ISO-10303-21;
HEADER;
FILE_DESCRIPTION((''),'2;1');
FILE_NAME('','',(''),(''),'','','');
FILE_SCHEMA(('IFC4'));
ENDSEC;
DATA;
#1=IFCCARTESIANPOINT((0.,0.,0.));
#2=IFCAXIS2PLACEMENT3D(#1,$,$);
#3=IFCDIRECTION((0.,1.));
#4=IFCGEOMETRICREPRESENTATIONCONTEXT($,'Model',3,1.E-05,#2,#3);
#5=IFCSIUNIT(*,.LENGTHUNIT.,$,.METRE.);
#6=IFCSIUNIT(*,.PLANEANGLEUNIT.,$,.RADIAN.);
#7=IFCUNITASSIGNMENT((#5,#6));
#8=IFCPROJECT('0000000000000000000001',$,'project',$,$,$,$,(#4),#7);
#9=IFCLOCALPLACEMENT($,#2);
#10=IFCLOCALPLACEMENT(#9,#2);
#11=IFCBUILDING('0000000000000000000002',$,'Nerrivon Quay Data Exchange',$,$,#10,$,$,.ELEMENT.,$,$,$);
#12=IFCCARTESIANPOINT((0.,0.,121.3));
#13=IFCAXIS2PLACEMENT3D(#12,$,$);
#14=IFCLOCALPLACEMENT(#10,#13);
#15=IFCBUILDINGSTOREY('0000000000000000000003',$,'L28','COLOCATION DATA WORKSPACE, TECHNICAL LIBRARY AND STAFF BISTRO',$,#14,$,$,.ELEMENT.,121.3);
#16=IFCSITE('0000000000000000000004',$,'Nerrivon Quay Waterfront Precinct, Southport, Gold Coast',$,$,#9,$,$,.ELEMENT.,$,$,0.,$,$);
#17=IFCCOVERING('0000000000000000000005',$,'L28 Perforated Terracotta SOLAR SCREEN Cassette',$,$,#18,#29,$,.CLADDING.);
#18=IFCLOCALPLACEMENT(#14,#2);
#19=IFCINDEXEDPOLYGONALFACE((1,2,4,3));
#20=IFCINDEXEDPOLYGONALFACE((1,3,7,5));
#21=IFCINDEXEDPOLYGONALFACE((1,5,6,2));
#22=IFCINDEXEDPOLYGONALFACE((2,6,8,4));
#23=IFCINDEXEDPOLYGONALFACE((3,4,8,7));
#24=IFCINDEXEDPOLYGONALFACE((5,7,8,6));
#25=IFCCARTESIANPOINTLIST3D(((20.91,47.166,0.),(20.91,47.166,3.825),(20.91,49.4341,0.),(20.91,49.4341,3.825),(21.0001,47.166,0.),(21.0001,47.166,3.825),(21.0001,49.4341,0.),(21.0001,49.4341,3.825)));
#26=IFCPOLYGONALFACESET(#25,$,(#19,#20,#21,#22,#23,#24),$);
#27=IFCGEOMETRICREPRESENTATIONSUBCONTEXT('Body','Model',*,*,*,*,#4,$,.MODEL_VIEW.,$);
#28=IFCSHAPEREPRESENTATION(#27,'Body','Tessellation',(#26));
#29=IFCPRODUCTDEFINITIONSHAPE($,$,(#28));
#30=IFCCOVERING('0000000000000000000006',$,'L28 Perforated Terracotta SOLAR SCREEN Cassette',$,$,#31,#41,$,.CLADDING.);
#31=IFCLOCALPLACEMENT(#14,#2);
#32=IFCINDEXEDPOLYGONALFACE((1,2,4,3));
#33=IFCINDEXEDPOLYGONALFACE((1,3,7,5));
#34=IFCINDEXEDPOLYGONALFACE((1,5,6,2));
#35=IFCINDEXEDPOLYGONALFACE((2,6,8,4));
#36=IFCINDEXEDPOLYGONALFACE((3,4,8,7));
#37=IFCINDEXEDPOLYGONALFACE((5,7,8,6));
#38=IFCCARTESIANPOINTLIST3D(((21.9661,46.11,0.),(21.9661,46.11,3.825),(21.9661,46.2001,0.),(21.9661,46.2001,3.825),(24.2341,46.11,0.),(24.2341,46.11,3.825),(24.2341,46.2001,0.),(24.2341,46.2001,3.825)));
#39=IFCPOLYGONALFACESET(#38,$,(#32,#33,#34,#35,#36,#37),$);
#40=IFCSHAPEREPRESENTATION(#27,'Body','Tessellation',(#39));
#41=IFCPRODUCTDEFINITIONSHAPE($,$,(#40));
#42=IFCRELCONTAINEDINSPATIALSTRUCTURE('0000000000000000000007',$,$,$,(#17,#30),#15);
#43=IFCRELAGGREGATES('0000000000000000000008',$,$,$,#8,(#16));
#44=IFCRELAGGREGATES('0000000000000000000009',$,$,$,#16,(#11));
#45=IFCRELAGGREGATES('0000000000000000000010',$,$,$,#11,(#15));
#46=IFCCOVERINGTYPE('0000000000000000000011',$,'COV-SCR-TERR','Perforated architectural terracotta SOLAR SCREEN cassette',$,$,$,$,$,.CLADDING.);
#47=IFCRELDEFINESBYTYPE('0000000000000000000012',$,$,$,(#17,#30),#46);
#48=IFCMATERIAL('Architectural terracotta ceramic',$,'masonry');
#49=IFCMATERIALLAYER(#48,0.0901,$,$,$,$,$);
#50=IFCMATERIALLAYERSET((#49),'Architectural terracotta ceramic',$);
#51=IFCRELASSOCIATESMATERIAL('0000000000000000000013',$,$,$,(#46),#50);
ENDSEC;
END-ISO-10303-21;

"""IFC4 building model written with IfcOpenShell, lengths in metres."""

from ifc_helpers import new_model, si_unit, direction, frame, origin, origin_2d, place, context, subcontext, project, spatial, rectangle, extrude, material, layer, layer_set, type_object, element, save


model = new_model("IFC4")

# Units and contexts
model_context = context("Model", 3, precision=1e-05, world=origin(), true_north=direction((0.0, 1.0)))
body_context = subcontext(model_context, "Body", "Model", "MODEL_VIEW")
ifc_project = project(units=[si_unit("LENGTHUNIT", "METRE"), si_unit("PLANEANGLEUNIT", "RADIAN")], contexts=[model_context])

# Site, building, storey
site_placement = place(None, origin())
site = spatial("IfcSite", under=ifc_project, at=site_placement, Name="Nerrivon Quay Waterfront Precinct, Southport, Gold Coast", CompositionType="ELEMENT", RefElevation=0.0)
building_placement = place(site_placement, origin())
building = spatial("IfcBuilding", under=site, at=building_placement, Name="Nerrivon Quay Data Exchange", CompositionType="ELEMENT")
storey_placement = place(building_placement, frame((0.0, 0.0, 121.3)))
storey = spatial("IfcBuildingStorey", under=building, at=storey_placement, Name="L28", Description="COLOCATION DATA WORKSPACE, TECHNICAL LIBRARY AND STAFF BISTRO", CompositionType="ELEMENT", Elevation=121.3)

# Coverings
ifc_material_1 = material(Name="Architectural terracotta ceramic", Category="masonry")
ifc_layer_1 = layer(ifc_material_1, 0.0901)
ifc_layer_set_1 = layer_set([ifc_layer_1], Name="Architectural terracotta ceramic")
covering_type = type_object("IfcCoveringType", Name="COV-SCR-TERR", Description="Perforated architectural terracotta SOLAR SCREEN cassette", PredefinedType="CLADDING", material=ifc_layer_set_1)
for number, where, z_axis, x_axis, name in (
    (1, (20.9551, 48.3, 0.0), (0.0, 0.0, 1.0), (0.0, -1.0, 0.0), "L28 Perforated Terracotta SOLAR SCREEN Cassette"),
    (2, (23.1001, 46.155, 0.0), (0.0, 0.0, 1.0), (1.0, 0.0, 0.0), "L28 Perforated Terracotta SOLAR SCREEN Cassette"),
):
    element("IfcCovering", number, at=place(storey_placement, frame(where, z_axis=z_axis, x_axis=x_axis)), inside=storey, type_object=covering_type, Name=name, PredefinedType="CLADDING", context=body_context, shape_type="SweptSolid", body=[
        extrude(rectangle(XDim=2.2681, YDim=0.0901, at=origin_2d()), origin(), (0.0, 0.0, 1.0), 3.825),
    ])

save(model, "model.ifc")
